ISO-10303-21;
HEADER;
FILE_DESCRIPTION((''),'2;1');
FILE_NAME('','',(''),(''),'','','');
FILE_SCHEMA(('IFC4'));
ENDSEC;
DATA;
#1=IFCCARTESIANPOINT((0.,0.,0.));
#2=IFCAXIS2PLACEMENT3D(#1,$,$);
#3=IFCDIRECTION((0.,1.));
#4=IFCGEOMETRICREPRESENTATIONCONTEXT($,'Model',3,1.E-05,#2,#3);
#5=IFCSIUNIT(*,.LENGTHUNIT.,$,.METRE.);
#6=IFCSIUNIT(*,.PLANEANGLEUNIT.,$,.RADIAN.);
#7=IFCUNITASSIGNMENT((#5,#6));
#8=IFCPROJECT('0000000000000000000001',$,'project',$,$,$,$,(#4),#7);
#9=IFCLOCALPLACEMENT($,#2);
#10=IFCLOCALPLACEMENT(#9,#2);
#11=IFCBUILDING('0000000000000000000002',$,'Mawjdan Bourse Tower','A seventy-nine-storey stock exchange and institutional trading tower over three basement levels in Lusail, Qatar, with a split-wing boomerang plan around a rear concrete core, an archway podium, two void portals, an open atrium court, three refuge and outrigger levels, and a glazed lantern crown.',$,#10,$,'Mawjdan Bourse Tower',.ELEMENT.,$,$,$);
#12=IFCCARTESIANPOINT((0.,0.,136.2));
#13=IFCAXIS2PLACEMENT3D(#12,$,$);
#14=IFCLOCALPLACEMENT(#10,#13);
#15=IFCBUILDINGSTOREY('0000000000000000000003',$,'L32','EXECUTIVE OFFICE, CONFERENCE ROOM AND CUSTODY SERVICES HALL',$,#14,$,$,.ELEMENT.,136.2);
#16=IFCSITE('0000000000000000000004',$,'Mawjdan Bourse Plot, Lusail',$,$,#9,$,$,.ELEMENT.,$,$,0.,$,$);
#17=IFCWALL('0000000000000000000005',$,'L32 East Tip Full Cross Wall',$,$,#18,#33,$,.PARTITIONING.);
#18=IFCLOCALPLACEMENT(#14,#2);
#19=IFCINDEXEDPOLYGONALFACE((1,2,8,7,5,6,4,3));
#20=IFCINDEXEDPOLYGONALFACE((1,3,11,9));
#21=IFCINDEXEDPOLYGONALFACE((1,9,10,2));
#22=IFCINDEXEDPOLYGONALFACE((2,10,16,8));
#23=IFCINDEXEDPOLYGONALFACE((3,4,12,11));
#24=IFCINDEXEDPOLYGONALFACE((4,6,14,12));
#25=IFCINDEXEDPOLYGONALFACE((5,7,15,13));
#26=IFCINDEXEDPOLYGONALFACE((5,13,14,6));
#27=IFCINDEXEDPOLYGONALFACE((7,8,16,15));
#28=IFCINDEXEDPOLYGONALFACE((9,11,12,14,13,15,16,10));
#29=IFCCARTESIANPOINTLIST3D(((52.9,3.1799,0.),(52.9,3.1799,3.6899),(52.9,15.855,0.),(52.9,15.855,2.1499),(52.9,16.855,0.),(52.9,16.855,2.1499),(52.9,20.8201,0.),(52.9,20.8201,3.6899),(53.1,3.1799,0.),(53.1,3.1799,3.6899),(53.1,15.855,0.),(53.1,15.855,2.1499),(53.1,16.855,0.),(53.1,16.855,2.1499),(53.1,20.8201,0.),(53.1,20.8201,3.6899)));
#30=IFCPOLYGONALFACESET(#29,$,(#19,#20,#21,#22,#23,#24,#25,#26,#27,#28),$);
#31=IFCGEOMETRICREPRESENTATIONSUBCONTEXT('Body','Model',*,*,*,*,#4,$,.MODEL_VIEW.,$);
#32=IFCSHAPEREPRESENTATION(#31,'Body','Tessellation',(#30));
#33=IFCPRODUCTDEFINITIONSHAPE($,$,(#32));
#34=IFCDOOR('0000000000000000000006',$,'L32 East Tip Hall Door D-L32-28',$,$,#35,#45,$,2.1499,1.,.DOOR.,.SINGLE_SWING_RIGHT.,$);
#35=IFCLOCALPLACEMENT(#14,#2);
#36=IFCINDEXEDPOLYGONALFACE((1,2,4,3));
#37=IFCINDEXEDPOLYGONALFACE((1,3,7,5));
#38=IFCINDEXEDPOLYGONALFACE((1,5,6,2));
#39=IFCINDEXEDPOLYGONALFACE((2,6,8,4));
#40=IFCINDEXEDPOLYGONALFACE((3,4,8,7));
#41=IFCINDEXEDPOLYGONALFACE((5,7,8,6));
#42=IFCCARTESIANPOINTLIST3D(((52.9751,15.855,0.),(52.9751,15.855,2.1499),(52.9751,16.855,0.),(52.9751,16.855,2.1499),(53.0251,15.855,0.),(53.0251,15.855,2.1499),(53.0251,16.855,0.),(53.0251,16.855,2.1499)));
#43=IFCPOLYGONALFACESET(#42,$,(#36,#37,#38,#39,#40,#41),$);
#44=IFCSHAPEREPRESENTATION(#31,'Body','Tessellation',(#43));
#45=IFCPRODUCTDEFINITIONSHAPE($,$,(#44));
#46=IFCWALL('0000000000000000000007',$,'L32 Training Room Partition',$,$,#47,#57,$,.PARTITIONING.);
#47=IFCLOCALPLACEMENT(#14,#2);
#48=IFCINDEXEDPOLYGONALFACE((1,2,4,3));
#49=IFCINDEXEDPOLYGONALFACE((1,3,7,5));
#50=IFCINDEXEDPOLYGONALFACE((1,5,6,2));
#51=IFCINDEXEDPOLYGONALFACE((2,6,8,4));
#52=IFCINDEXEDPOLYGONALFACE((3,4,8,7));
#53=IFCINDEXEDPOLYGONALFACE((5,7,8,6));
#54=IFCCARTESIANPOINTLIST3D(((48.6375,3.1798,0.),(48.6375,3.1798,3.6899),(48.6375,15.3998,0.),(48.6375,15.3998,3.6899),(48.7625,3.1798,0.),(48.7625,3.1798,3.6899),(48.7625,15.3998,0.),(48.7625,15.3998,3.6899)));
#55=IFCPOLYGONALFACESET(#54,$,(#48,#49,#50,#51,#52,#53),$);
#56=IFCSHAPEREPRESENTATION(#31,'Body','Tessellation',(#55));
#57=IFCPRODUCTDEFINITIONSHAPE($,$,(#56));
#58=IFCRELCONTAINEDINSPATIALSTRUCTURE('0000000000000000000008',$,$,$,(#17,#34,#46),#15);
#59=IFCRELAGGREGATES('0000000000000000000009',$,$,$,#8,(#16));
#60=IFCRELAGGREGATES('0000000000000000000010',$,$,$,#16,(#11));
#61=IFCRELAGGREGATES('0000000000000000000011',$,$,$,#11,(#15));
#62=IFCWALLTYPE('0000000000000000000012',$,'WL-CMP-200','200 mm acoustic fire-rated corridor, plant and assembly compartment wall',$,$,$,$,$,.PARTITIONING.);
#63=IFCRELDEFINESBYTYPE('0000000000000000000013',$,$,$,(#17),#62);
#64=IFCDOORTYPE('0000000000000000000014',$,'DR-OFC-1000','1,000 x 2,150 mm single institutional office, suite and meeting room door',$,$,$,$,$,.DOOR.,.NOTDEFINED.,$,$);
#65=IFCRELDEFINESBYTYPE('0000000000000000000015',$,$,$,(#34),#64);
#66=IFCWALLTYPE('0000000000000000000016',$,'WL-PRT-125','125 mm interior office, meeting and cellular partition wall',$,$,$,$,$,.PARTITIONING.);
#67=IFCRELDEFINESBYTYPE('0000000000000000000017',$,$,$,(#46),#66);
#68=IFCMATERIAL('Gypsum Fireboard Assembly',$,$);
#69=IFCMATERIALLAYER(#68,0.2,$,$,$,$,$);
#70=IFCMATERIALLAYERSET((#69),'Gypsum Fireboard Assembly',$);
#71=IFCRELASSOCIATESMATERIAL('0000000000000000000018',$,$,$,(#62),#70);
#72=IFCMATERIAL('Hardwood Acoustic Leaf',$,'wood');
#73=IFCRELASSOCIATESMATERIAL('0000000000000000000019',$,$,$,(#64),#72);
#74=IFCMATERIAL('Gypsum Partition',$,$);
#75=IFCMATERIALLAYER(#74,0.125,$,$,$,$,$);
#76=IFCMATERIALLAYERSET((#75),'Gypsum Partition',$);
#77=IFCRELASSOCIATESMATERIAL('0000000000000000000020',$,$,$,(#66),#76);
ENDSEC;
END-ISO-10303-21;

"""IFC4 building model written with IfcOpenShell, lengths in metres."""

from ifc_helpers import new_model, si_unit, direction, frame, frame_2d, origin, place, context, subcontext, project, spatial, rectangle, extrude, material, layer, layer_set, type_object, element, fill, save


model = new_model("IFC4")

# Units and contexts
model_context = context("Model", 3, precision=1e-05, world=origin(), true_north=direction((0.0, 1.0)))
body_context = subcontext(model_context, "Body", "Model", "MODEL_VIEW")
ifc_project = project(units=[si_unit("LENGTHUNIT", "METRE"), si_unit("PLANEANGLEUNIT", "RADIAN")], contexts=[model_context])

# Site, building, storey
site_placement = place(None, origin())
site = spatial("IfcSite", under=ifc_project, at=site_placement, Name="Mawjdan Bourse Plot, Lusail", CompositionType="ELEMENT", RefElevation=0.0)
building_placement = place(site_placement, origin())
building = spatial("IfcBuilding", under=site, at=building_placement, Name="Mawjdan Bourse Tower", Description="A seventy-nine-storey stock exchange and institutional trading tower over three basement levels in Lusail, Qatar, with a split-wing boomerang plan around a rear concrete core, an archway podium, two void portals, an open atrium court, three refuge and outrigger levels, and a glazed lantern crown.", LongName="Mawjdan Bourse Tower", CompositionType="ELEMENT")
storey_placement = place(building_placement, frame((0.0, 0.0, 136.2)))
storey = spatial("IfcBuildingStorey", under=building, at=storey_placement, Name="L32", Description="EXECUTIVE OFFICE, CONFERENCE ROOM AND CUSTODY SERVICES HALL", CompositionType="ELEMENT", Elevation=136.2)

# Wall, opening, door
ifc_material_1 = material(Name="Gypsum Fireboard Assembly")
ifc_layer_1 = layer(ifc_material_1, 0.2)
ifc_layer_set_1 = layer_set([ifc_layer_1], Name="Gypsum Fireboard Assembly")
wall_type_1 = type_object("IfcWallType", Name="WL-CMP-200", Description="200 mm acoustic fire-rated corridor, plant and assembly compartment wall", PredefinedType="PARTITIONING", material=ifc_layer_set_1)
wall_1_placement = place(storey_placement, frame((53.0, 3.1799, 0.0), z_axis=(0.0, 0.0, 1.0), x_axis=(0.0, 1.0, 0.0)))
wall_1 = element("IfcWall", 1, at=wall_1_placement, inside=storey, type_object=wall_type_1, Name="L32 East Tip Full Cross Wall", PredefinedType="PARTITIONING", context=body_context, shape_type="SweptSolid", body=[
    extrude(rectangle(XDim=17.6401, YDim=0.2, at=frame_2d((8.8201, 0.0))), origin(), (0.0, 0.0, 1.0), 3.6899),
])
opening_1_placement = place(wall_1_placement, frame((12.675, 0.0, 0.0)))
opening_1 = element("IfcOpeningElement", 2, at=opening_1_placement, cuts=wall_1, PredefinedType="OPENING", context=body_context, shape_type="SweptSolid", body=[
    extrude(rectangle(XDim=1.0, YDim=2.1499, at=frame_2d((0.5, 1.075))), frame((0.0, 0.1099, 0.0), z_axis=(0.0, -1.0, 0.0), x_axis=(1.0, 0.0, 0.0)), (0.0, 0.0, 1.0), 0.22),
])
ifc_material_2 = material(Name="Hardwood Acoustic Leaf", Category="wood")
door_type = type_object("IfcDoorType", Name="DR-OFC-1000", Description="1,000 x 2,150 mm single institutional office, suite and meeting room door", OperationType="NOTDEFINED", PredefinedType="DOOR", material=ifc_material_2)
door_placement = place(opening_1_placement, origin())
door = element("IfcDoor", 3, at=door_placement, inside=storey, type_object=door_type, Name="L32 East Tip Hall Door D-L32-28", OperationType="SINGLE_SWING_RIGHT", OverallHeight=2.1499, OverallWidth=1.0, PredefinedType="DOOR", context=body_context, shape_type="SweptSolid", body=[
    extrude(rectangle(XDim=1.0, YDim=2.1499, at=frame_2d((0.5, 1.075))), frame((0.0, 0.0249, 0.0), z_axis=(0.0, -1.0, 0.0), x_axis=(1.0, 0.0, 0.0)), (0.0, 0.0, 1.0), 0.05),
])
fill(opening_1, door)

# Wall
ifc_material_3 = material(Name="Gypsum Partition")
ifc_layer_2 = layer(ifc_material_3, 0.125)
ifc_layer_set_2 = layer_set([ifc_layer_2], Name="Gypsum Partition")
wall_type_2 = type_object("IfcWallType", Name="WL-PRT-125", Description="125 mm interior office, meeting and cellular partition wall", PredefinedType="PARTITIONING", material=ifc_layer_set_2)
wall_2_placement = place(storey_placement, frame((48.7, 3.1799, 0.0), z_axis=(0.0, 0.0, 1.0), x_axis=(0.0, 1.0, 0.0)))
element("IfcWall", 4, at=wall_2_placement, inside=storey, type_object=wall_type_2, Name="L32 Training Room Partition", PredefinedType="PARTITIONING", context=body_context, shape_type="SweptSolid", body=[
    extrude(rectangle(XDim=12.22, YDim=0.125, at=frame_2d((6.1099, 0.0))), origin(), (0.0, 0.0, 1.0), 3.6899),
])

save(model, "model.ifc")
